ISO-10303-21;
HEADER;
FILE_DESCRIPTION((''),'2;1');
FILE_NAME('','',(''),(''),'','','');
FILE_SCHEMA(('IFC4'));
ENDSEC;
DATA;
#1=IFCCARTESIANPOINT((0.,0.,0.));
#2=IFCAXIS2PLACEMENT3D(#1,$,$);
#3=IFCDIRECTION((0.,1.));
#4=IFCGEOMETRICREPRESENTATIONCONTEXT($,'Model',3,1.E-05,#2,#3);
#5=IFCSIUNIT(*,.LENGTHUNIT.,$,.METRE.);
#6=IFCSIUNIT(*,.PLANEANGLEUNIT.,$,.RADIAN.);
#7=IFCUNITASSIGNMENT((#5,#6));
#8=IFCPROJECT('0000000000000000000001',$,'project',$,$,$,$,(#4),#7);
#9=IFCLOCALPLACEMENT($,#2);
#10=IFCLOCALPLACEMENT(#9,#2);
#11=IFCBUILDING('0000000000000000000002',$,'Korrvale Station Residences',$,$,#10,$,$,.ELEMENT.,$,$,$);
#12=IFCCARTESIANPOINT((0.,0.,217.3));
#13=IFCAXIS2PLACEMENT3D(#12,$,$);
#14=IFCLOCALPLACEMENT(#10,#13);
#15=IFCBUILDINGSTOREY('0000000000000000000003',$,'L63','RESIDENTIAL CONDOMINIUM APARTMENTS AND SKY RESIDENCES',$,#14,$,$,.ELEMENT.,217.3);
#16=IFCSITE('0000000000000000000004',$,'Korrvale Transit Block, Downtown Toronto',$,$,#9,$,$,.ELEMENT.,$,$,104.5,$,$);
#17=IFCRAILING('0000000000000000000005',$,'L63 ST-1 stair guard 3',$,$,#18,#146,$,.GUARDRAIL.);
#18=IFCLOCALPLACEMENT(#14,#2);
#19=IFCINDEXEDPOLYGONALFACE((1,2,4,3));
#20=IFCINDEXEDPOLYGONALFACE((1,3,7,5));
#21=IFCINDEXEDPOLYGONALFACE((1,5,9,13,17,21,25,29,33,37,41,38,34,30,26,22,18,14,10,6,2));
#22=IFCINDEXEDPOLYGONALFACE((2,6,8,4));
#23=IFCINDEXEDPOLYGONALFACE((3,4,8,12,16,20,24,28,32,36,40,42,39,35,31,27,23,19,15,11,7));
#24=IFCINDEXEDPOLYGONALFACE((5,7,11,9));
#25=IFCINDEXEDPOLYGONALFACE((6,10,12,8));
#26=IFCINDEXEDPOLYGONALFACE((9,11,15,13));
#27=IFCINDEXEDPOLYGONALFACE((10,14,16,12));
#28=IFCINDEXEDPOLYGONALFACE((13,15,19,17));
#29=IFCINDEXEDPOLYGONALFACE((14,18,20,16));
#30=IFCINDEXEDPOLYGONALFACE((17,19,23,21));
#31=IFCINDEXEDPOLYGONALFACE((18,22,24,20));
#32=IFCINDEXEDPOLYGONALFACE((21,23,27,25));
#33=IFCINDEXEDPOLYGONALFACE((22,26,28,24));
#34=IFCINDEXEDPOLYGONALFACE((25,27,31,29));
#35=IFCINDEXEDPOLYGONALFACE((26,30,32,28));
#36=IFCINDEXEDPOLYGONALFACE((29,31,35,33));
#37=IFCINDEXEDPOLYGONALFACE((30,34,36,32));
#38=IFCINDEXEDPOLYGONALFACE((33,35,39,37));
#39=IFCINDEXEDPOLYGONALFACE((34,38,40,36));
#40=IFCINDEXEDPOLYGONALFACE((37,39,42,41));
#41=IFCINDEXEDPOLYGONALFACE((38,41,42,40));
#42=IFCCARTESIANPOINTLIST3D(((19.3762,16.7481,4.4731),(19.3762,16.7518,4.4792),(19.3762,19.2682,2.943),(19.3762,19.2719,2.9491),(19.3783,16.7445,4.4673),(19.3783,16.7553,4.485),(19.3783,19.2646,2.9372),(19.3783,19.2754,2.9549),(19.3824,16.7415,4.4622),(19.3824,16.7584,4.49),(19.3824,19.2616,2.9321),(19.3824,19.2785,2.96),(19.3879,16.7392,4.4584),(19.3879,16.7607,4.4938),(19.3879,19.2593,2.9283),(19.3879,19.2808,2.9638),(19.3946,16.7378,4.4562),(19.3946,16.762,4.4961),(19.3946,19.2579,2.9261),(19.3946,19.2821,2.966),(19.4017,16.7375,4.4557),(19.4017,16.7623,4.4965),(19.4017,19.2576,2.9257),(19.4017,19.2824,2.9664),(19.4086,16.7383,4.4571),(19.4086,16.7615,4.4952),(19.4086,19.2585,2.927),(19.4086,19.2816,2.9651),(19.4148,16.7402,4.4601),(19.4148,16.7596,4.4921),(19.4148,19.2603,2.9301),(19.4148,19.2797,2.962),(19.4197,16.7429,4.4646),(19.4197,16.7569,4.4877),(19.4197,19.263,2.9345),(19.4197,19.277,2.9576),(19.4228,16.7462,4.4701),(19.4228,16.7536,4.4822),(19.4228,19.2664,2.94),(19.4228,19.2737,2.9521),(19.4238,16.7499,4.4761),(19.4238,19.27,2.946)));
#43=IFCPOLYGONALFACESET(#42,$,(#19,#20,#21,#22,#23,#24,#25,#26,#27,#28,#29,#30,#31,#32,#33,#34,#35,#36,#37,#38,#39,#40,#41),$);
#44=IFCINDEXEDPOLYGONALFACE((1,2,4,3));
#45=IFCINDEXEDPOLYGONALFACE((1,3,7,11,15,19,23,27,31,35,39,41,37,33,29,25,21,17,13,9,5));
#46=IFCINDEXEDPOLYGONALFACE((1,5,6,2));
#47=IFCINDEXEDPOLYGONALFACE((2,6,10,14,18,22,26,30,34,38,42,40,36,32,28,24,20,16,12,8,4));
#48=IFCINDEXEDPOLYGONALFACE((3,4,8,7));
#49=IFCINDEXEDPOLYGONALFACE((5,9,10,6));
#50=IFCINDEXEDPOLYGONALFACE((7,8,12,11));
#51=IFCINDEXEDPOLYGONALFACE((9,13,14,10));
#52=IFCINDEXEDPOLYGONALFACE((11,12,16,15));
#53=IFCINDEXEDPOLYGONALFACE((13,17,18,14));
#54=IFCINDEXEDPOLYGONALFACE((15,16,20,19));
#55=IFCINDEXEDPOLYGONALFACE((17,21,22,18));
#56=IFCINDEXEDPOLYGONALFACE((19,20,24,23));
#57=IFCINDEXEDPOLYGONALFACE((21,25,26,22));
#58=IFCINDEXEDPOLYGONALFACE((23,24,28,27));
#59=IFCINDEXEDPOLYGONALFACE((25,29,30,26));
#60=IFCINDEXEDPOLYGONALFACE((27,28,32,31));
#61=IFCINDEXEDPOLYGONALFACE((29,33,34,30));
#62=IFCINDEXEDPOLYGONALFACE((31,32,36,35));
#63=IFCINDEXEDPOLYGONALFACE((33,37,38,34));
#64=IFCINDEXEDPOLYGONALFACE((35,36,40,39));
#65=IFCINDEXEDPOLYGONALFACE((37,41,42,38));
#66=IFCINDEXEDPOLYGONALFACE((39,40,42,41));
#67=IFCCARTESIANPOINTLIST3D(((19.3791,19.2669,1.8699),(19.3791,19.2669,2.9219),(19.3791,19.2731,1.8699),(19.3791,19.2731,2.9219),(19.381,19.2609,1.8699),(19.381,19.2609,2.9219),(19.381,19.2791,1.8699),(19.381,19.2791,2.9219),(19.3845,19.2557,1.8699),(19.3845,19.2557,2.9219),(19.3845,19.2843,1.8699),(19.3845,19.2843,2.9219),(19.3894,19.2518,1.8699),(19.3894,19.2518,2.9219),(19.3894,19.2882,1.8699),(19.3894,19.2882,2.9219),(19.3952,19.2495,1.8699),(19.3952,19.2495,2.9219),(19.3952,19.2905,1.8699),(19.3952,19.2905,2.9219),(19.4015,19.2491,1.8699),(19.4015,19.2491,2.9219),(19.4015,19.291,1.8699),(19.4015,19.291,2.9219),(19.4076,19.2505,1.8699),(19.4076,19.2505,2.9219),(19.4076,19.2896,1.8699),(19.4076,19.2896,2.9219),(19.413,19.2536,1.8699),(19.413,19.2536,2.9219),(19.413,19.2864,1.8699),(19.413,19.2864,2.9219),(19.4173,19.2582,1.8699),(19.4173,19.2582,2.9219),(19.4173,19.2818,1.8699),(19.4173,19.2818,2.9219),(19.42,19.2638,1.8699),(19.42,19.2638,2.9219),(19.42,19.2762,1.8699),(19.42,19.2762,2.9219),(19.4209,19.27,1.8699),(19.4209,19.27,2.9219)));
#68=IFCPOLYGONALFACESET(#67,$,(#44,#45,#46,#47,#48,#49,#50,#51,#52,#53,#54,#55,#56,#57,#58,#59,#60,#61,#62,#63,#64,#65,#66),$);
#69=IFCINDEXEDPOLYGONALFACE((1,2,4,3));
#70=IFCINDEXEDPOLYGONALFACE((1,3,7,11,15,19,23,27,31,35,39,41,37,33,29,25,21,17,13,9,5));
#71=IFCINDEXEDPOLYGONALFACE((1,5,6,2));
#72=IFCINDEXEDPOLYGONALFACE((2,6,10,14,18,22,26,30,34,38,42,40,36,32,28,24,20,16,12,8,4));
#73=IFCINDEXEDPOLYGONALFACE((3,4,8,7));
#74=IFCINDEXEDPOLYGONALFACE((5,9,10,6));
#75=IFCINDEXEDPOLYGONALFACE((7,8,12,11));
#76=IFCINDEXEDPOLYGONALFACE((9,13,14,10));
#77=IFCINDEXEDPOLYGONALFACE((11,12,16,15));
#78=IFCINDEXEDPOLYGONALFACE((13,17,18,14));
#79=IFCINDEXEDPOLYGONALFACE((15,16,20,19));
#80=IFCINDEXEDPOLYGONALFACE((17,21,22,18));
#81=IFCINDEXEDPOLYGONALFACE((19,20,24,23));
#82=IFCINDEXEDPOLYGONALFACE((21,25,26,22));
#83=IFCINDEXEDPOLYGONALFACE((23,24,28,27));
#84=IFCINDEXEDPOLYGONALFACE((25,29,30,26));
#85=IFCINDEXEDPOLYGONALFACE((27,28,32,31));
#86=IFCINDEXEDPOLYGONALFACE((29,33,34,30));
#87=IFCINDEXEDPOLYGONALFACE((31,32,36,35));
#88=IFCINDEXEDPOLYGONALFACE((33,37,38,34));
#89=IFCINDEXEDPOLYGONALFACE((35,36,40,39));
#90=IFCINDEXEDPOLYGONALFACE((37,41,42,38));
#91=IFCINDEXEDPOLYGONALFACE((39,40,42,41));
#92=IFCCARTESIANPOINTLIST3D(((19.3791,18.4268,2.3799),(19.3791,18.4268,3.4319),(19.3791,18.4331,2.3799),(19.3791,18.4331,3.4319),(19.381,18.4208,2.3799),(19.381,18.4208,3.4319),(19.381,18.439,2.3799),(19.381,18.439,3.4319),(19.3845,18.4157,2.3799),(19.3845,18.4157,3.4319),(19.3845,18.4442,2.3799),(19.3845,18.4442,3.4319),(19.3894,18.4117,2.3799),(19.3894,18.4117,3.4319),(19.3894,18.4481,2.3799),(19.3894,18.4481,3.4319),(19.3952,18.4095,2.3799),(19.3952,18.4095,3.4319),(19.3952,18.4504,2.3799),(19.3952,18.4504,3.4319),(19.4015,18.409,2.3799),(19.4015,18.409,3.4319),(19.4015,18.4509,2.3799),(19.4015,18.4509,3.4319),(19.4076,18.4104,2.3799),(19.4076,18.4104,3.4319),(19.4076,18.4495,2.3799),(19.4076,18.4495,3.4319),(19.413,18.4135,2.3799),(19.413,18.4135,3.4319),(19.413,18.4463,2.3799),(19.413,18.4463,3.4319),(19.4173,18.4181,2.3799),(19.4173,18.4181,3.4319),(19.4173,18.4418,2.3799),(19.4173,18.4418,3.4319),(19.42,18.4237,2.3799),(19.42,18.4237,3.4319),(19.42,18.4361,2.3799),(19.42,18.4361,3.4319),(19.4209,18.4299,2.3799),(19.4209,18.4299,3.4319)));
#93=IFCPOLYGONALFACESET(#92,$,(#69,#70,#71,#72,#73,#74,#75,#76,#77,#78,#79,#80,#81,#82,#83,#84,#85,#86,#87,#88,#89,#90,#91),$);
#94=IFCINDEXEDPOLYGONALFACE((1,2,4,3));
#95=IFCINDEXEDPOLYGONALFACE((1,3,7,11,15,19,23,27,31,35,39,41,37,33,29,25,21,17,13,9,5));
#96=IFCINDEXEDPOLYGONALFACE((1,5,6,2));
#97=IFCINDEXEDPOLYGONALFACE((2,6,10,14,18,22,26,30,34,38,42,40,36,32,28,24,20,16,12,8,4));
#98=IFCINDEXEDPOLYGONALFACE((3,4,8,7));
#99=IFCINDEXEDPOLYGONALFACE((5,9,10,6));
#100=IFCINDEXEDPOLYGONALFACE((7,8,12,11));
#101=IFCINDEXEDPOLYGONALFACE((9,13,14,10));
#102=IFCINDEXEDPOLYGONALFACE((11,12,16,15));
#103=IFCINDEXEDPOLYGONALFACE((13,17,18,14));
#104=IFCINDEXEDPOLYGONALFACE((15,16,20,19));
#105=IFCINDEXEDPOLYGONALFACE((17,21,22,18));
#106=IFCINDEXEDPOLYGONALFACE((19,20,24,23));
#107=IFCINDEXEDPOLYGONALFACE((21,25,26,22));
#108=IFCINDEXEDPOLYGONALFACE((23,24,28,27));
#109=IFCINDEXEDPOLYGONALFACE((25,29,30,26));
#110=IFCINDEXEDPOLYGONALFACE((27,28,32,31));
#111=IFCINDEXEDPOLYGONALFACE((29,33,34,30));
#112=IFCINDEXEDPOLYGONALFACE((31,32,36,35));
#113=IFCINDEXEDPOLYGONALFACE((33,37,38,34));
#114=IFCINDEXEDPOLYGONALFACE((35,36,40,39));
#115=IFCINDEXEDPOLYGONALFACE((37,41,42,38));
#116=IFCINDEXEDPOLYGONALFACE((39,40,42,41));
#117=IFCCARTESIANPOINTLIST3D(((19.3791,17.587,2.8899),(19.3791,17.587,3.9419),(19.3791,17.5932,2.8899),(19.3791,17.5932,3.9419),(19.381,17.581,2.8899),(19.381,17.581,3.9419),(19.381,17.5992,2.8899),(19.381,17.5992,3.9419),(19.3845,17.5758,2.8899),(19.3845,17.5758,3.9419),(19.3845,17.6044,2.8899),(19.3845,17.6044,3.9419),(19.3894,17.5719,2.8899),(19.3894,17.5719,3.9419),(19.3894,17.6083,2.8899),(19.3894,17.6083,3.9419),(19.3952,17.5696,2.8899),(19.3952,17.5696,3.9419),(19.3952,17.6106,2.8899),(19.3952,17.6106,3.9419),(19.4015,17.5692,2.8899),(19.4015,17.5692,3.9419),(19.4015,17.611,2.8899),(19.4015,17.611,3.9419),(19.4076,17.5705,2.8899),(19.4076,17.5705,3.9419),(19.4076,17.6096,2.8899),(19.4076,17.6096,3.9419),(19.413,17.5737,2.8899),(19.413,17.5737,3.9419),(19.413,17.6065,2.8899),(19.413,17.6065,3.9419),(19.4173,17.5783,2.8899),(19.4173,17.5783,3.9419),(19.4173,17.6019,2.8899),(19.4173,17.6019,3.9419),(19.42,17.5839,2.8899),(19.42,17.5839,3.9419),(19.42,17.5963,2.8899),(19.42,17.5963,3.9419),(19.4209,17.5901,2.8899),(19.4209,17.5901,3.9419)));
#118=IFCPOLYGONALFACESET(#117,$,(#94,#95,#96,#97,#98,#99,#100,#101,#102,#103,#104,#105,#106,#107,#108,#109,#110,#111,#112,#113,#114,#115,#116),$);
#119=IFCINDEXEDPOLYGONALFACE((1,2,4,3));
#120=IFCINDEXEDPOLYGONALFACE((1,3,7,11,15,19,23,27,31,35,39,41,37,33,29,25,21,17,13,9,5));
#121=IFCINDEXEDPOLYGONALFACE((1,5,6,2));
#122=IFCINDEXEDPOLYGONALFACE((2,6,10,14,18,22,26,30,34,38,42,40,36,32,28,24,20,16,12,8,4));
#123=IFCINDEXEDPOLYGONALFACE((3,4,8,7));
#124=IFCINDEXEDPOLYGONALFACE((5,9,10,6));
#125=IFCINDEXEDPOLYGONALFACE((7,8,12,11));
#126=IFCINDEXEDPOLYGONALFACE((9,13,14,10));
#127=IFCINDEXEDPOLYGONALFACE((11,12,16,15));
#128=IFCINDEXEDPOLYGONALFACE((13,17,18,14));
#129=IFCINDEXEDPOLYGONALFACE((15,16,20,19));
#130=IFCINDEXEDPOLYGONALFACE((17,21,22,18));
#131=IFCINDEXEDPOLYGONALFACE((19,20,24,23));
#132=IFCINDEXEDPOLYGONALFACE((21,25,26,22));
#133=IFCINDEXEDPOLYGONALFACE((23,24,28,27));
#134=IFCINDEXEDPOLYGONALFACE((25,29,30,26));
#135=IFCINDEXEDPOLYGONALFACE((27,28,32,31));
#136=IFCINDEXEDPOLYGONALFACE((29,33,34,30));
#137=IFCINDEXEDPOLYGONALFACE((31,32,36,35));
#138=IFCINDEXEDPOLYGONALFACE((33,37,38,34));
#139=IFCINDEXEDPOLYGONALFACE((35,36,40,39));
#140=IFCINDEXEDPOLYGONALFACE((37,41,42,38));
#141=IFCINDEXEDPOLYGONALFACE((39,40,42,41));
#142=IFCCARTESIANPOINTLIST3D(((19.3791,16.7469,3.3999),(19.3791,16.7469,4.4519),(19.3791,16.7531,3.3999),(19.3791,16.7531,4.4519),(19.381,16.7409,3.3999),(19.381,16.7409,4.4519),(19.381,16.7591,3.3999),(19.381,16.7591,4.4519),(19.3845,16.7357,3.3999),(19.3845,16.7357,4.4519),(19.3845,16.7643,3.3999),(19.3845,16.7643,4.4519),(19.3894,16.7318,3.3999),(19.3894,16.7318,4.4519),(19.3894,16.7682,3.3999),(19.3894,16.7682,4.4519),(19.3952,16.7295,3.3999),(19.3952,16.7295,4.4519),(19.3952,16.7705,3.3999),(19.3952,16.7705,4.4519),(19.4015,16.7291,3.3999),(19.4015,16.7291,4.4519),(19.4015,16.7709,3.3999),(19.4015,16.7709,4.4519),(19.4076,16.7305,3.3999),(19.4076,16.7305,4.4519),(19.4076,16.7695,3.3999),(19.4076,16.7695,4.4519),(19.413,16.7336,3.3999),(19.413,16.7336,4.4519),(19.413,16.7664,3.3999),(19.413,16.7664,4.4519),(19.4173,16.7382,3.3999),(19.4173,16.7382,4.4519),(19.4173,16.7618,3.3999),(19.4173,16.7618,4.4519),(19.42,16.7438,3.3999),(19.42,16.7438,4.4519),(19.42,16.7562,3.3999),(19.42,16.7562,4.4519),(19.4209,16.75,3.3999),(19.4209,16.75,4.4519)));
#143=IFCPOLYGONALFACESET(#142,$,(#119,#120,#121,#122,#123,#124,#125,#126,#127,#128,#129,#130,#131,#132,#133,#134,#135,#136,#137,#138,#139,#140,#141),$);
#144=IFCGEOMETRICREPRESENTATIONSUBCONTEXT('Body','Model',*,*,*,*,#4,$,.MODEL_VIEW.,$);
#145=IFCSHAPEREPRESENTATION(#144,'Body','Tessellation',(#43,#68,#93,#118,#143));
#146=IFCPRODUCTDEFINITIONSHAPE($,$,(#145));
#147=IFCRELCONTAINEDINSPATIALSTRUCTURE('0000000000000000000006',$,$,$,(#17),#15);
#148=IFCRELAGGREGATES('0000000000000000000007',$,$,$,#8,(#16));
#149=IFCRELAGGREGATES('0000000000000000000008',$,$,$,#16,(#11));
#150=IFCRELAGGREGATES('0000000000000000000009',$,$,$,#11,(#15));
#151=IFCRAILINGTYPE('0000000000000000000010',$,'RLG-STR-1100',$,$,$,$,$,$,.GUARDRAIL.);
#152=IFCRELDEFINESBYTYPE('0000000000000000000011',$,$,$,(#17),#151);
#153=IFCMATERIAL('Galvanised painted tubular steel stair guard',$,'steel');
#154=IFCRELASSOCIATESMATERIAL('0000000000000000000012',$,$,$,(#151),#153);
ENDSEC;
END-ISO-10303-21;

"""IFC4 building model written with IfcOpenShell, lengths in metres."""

from ifc_helpers import new_model, si_unit, direction, frame, origin, origin_2d, place, context, subcontext, project, spatial, circle, extrude, material, type_object, element, save


model = new_model("IFC4")

# Units and contexts
model_context = context("Model", 3, precision=1e-05, world=origin(), true_north=direction((0.0, 1.0)))
body_context = subcontext(model_context, "Body", "Model", "MODEL_VIEW")
ifc_project = project(units=[si_unit("LENGTHUNIT", "METRE"), si_unit("PLANEANGLEUNIT", "RADIAN")], contexts=[model_context])

# Site, building, storey
site_placement = place(None, origin())
site = spatial("IfcSite", under=ifc_project, at=site_placement, Name="Korrvale Transit Block, Downtown Toronto", CompositionType="ELEMENT", RefElevation=104.5)
building_placement = place(site_placement, origin())
building = spatial("IfcBuilding", under=site, at=building_placement, Name="Korrvale Station Residences", CompositionType="ELEMENT")
storey_placement = place(building_placement, frame((0.0, 0.0, 217.3)))
storey = spatial("IfcBuildingStorey", under=building, at=storey_placement, Name="L63", Description="RESIDENTIAL CONDOMINIUM APARTMENTS AND SKY RESIDENCES", CompositionType="ELEMENT", Elevation=217.3)

# Railing
ifc_material_1 = material(Name="Galvanised painted tubular steel stair guard", Category="steel")
railing_type_1 = type_object("IfcRailingType", Name="RLG-STR-1100", PredefinedType="GUARDRAIL", material=ifc_material_1)
railing_1_placement = place(storey_placement, frame((19.3999, 19.27, 1.8699)))
element("IfcRailing", 1, at=railing_1_placement, inside=storey, type_object=railing_type_1, Name="L63 ST-1 stair guard 3", PredefinedType="GUARDRAIL", context=body_context, shape_type="SweptSolid", body=[
    extrude(circle(Radius=0.0239, at=origin_2d()), frame((0.0, 0.0, 1.0762), z_axis=(0.0, -0.854785, 0.518982), x_axis=(1.0, 0.0, 0.0)), (0.0, 0.0, 1.0), 2.9482),
    extrude(circle(Radius=0.021, at=origin_2d()), origin(), (0.0, 0.0, 1.0), 1.052),
    extrude(circle(Radius=0.021, at=origin_2d()), frame((0.0, -0.8401, 0.51)), (0.0, 0.0, 1.0), 1.052),
    extrude(circle(Radius=0.021, at=origin_2d()), frame((0.0, -1.6799, 1.02)), (0.0, 0.0, 1.0), 1.052),
    extrude(circle(Radius=0.021, at=origin_2d()), frame((0.0, -2.52, 1.53)), (0.0, 0.0, 1.0), 1.052),
])

save(model, "model.ifc")
